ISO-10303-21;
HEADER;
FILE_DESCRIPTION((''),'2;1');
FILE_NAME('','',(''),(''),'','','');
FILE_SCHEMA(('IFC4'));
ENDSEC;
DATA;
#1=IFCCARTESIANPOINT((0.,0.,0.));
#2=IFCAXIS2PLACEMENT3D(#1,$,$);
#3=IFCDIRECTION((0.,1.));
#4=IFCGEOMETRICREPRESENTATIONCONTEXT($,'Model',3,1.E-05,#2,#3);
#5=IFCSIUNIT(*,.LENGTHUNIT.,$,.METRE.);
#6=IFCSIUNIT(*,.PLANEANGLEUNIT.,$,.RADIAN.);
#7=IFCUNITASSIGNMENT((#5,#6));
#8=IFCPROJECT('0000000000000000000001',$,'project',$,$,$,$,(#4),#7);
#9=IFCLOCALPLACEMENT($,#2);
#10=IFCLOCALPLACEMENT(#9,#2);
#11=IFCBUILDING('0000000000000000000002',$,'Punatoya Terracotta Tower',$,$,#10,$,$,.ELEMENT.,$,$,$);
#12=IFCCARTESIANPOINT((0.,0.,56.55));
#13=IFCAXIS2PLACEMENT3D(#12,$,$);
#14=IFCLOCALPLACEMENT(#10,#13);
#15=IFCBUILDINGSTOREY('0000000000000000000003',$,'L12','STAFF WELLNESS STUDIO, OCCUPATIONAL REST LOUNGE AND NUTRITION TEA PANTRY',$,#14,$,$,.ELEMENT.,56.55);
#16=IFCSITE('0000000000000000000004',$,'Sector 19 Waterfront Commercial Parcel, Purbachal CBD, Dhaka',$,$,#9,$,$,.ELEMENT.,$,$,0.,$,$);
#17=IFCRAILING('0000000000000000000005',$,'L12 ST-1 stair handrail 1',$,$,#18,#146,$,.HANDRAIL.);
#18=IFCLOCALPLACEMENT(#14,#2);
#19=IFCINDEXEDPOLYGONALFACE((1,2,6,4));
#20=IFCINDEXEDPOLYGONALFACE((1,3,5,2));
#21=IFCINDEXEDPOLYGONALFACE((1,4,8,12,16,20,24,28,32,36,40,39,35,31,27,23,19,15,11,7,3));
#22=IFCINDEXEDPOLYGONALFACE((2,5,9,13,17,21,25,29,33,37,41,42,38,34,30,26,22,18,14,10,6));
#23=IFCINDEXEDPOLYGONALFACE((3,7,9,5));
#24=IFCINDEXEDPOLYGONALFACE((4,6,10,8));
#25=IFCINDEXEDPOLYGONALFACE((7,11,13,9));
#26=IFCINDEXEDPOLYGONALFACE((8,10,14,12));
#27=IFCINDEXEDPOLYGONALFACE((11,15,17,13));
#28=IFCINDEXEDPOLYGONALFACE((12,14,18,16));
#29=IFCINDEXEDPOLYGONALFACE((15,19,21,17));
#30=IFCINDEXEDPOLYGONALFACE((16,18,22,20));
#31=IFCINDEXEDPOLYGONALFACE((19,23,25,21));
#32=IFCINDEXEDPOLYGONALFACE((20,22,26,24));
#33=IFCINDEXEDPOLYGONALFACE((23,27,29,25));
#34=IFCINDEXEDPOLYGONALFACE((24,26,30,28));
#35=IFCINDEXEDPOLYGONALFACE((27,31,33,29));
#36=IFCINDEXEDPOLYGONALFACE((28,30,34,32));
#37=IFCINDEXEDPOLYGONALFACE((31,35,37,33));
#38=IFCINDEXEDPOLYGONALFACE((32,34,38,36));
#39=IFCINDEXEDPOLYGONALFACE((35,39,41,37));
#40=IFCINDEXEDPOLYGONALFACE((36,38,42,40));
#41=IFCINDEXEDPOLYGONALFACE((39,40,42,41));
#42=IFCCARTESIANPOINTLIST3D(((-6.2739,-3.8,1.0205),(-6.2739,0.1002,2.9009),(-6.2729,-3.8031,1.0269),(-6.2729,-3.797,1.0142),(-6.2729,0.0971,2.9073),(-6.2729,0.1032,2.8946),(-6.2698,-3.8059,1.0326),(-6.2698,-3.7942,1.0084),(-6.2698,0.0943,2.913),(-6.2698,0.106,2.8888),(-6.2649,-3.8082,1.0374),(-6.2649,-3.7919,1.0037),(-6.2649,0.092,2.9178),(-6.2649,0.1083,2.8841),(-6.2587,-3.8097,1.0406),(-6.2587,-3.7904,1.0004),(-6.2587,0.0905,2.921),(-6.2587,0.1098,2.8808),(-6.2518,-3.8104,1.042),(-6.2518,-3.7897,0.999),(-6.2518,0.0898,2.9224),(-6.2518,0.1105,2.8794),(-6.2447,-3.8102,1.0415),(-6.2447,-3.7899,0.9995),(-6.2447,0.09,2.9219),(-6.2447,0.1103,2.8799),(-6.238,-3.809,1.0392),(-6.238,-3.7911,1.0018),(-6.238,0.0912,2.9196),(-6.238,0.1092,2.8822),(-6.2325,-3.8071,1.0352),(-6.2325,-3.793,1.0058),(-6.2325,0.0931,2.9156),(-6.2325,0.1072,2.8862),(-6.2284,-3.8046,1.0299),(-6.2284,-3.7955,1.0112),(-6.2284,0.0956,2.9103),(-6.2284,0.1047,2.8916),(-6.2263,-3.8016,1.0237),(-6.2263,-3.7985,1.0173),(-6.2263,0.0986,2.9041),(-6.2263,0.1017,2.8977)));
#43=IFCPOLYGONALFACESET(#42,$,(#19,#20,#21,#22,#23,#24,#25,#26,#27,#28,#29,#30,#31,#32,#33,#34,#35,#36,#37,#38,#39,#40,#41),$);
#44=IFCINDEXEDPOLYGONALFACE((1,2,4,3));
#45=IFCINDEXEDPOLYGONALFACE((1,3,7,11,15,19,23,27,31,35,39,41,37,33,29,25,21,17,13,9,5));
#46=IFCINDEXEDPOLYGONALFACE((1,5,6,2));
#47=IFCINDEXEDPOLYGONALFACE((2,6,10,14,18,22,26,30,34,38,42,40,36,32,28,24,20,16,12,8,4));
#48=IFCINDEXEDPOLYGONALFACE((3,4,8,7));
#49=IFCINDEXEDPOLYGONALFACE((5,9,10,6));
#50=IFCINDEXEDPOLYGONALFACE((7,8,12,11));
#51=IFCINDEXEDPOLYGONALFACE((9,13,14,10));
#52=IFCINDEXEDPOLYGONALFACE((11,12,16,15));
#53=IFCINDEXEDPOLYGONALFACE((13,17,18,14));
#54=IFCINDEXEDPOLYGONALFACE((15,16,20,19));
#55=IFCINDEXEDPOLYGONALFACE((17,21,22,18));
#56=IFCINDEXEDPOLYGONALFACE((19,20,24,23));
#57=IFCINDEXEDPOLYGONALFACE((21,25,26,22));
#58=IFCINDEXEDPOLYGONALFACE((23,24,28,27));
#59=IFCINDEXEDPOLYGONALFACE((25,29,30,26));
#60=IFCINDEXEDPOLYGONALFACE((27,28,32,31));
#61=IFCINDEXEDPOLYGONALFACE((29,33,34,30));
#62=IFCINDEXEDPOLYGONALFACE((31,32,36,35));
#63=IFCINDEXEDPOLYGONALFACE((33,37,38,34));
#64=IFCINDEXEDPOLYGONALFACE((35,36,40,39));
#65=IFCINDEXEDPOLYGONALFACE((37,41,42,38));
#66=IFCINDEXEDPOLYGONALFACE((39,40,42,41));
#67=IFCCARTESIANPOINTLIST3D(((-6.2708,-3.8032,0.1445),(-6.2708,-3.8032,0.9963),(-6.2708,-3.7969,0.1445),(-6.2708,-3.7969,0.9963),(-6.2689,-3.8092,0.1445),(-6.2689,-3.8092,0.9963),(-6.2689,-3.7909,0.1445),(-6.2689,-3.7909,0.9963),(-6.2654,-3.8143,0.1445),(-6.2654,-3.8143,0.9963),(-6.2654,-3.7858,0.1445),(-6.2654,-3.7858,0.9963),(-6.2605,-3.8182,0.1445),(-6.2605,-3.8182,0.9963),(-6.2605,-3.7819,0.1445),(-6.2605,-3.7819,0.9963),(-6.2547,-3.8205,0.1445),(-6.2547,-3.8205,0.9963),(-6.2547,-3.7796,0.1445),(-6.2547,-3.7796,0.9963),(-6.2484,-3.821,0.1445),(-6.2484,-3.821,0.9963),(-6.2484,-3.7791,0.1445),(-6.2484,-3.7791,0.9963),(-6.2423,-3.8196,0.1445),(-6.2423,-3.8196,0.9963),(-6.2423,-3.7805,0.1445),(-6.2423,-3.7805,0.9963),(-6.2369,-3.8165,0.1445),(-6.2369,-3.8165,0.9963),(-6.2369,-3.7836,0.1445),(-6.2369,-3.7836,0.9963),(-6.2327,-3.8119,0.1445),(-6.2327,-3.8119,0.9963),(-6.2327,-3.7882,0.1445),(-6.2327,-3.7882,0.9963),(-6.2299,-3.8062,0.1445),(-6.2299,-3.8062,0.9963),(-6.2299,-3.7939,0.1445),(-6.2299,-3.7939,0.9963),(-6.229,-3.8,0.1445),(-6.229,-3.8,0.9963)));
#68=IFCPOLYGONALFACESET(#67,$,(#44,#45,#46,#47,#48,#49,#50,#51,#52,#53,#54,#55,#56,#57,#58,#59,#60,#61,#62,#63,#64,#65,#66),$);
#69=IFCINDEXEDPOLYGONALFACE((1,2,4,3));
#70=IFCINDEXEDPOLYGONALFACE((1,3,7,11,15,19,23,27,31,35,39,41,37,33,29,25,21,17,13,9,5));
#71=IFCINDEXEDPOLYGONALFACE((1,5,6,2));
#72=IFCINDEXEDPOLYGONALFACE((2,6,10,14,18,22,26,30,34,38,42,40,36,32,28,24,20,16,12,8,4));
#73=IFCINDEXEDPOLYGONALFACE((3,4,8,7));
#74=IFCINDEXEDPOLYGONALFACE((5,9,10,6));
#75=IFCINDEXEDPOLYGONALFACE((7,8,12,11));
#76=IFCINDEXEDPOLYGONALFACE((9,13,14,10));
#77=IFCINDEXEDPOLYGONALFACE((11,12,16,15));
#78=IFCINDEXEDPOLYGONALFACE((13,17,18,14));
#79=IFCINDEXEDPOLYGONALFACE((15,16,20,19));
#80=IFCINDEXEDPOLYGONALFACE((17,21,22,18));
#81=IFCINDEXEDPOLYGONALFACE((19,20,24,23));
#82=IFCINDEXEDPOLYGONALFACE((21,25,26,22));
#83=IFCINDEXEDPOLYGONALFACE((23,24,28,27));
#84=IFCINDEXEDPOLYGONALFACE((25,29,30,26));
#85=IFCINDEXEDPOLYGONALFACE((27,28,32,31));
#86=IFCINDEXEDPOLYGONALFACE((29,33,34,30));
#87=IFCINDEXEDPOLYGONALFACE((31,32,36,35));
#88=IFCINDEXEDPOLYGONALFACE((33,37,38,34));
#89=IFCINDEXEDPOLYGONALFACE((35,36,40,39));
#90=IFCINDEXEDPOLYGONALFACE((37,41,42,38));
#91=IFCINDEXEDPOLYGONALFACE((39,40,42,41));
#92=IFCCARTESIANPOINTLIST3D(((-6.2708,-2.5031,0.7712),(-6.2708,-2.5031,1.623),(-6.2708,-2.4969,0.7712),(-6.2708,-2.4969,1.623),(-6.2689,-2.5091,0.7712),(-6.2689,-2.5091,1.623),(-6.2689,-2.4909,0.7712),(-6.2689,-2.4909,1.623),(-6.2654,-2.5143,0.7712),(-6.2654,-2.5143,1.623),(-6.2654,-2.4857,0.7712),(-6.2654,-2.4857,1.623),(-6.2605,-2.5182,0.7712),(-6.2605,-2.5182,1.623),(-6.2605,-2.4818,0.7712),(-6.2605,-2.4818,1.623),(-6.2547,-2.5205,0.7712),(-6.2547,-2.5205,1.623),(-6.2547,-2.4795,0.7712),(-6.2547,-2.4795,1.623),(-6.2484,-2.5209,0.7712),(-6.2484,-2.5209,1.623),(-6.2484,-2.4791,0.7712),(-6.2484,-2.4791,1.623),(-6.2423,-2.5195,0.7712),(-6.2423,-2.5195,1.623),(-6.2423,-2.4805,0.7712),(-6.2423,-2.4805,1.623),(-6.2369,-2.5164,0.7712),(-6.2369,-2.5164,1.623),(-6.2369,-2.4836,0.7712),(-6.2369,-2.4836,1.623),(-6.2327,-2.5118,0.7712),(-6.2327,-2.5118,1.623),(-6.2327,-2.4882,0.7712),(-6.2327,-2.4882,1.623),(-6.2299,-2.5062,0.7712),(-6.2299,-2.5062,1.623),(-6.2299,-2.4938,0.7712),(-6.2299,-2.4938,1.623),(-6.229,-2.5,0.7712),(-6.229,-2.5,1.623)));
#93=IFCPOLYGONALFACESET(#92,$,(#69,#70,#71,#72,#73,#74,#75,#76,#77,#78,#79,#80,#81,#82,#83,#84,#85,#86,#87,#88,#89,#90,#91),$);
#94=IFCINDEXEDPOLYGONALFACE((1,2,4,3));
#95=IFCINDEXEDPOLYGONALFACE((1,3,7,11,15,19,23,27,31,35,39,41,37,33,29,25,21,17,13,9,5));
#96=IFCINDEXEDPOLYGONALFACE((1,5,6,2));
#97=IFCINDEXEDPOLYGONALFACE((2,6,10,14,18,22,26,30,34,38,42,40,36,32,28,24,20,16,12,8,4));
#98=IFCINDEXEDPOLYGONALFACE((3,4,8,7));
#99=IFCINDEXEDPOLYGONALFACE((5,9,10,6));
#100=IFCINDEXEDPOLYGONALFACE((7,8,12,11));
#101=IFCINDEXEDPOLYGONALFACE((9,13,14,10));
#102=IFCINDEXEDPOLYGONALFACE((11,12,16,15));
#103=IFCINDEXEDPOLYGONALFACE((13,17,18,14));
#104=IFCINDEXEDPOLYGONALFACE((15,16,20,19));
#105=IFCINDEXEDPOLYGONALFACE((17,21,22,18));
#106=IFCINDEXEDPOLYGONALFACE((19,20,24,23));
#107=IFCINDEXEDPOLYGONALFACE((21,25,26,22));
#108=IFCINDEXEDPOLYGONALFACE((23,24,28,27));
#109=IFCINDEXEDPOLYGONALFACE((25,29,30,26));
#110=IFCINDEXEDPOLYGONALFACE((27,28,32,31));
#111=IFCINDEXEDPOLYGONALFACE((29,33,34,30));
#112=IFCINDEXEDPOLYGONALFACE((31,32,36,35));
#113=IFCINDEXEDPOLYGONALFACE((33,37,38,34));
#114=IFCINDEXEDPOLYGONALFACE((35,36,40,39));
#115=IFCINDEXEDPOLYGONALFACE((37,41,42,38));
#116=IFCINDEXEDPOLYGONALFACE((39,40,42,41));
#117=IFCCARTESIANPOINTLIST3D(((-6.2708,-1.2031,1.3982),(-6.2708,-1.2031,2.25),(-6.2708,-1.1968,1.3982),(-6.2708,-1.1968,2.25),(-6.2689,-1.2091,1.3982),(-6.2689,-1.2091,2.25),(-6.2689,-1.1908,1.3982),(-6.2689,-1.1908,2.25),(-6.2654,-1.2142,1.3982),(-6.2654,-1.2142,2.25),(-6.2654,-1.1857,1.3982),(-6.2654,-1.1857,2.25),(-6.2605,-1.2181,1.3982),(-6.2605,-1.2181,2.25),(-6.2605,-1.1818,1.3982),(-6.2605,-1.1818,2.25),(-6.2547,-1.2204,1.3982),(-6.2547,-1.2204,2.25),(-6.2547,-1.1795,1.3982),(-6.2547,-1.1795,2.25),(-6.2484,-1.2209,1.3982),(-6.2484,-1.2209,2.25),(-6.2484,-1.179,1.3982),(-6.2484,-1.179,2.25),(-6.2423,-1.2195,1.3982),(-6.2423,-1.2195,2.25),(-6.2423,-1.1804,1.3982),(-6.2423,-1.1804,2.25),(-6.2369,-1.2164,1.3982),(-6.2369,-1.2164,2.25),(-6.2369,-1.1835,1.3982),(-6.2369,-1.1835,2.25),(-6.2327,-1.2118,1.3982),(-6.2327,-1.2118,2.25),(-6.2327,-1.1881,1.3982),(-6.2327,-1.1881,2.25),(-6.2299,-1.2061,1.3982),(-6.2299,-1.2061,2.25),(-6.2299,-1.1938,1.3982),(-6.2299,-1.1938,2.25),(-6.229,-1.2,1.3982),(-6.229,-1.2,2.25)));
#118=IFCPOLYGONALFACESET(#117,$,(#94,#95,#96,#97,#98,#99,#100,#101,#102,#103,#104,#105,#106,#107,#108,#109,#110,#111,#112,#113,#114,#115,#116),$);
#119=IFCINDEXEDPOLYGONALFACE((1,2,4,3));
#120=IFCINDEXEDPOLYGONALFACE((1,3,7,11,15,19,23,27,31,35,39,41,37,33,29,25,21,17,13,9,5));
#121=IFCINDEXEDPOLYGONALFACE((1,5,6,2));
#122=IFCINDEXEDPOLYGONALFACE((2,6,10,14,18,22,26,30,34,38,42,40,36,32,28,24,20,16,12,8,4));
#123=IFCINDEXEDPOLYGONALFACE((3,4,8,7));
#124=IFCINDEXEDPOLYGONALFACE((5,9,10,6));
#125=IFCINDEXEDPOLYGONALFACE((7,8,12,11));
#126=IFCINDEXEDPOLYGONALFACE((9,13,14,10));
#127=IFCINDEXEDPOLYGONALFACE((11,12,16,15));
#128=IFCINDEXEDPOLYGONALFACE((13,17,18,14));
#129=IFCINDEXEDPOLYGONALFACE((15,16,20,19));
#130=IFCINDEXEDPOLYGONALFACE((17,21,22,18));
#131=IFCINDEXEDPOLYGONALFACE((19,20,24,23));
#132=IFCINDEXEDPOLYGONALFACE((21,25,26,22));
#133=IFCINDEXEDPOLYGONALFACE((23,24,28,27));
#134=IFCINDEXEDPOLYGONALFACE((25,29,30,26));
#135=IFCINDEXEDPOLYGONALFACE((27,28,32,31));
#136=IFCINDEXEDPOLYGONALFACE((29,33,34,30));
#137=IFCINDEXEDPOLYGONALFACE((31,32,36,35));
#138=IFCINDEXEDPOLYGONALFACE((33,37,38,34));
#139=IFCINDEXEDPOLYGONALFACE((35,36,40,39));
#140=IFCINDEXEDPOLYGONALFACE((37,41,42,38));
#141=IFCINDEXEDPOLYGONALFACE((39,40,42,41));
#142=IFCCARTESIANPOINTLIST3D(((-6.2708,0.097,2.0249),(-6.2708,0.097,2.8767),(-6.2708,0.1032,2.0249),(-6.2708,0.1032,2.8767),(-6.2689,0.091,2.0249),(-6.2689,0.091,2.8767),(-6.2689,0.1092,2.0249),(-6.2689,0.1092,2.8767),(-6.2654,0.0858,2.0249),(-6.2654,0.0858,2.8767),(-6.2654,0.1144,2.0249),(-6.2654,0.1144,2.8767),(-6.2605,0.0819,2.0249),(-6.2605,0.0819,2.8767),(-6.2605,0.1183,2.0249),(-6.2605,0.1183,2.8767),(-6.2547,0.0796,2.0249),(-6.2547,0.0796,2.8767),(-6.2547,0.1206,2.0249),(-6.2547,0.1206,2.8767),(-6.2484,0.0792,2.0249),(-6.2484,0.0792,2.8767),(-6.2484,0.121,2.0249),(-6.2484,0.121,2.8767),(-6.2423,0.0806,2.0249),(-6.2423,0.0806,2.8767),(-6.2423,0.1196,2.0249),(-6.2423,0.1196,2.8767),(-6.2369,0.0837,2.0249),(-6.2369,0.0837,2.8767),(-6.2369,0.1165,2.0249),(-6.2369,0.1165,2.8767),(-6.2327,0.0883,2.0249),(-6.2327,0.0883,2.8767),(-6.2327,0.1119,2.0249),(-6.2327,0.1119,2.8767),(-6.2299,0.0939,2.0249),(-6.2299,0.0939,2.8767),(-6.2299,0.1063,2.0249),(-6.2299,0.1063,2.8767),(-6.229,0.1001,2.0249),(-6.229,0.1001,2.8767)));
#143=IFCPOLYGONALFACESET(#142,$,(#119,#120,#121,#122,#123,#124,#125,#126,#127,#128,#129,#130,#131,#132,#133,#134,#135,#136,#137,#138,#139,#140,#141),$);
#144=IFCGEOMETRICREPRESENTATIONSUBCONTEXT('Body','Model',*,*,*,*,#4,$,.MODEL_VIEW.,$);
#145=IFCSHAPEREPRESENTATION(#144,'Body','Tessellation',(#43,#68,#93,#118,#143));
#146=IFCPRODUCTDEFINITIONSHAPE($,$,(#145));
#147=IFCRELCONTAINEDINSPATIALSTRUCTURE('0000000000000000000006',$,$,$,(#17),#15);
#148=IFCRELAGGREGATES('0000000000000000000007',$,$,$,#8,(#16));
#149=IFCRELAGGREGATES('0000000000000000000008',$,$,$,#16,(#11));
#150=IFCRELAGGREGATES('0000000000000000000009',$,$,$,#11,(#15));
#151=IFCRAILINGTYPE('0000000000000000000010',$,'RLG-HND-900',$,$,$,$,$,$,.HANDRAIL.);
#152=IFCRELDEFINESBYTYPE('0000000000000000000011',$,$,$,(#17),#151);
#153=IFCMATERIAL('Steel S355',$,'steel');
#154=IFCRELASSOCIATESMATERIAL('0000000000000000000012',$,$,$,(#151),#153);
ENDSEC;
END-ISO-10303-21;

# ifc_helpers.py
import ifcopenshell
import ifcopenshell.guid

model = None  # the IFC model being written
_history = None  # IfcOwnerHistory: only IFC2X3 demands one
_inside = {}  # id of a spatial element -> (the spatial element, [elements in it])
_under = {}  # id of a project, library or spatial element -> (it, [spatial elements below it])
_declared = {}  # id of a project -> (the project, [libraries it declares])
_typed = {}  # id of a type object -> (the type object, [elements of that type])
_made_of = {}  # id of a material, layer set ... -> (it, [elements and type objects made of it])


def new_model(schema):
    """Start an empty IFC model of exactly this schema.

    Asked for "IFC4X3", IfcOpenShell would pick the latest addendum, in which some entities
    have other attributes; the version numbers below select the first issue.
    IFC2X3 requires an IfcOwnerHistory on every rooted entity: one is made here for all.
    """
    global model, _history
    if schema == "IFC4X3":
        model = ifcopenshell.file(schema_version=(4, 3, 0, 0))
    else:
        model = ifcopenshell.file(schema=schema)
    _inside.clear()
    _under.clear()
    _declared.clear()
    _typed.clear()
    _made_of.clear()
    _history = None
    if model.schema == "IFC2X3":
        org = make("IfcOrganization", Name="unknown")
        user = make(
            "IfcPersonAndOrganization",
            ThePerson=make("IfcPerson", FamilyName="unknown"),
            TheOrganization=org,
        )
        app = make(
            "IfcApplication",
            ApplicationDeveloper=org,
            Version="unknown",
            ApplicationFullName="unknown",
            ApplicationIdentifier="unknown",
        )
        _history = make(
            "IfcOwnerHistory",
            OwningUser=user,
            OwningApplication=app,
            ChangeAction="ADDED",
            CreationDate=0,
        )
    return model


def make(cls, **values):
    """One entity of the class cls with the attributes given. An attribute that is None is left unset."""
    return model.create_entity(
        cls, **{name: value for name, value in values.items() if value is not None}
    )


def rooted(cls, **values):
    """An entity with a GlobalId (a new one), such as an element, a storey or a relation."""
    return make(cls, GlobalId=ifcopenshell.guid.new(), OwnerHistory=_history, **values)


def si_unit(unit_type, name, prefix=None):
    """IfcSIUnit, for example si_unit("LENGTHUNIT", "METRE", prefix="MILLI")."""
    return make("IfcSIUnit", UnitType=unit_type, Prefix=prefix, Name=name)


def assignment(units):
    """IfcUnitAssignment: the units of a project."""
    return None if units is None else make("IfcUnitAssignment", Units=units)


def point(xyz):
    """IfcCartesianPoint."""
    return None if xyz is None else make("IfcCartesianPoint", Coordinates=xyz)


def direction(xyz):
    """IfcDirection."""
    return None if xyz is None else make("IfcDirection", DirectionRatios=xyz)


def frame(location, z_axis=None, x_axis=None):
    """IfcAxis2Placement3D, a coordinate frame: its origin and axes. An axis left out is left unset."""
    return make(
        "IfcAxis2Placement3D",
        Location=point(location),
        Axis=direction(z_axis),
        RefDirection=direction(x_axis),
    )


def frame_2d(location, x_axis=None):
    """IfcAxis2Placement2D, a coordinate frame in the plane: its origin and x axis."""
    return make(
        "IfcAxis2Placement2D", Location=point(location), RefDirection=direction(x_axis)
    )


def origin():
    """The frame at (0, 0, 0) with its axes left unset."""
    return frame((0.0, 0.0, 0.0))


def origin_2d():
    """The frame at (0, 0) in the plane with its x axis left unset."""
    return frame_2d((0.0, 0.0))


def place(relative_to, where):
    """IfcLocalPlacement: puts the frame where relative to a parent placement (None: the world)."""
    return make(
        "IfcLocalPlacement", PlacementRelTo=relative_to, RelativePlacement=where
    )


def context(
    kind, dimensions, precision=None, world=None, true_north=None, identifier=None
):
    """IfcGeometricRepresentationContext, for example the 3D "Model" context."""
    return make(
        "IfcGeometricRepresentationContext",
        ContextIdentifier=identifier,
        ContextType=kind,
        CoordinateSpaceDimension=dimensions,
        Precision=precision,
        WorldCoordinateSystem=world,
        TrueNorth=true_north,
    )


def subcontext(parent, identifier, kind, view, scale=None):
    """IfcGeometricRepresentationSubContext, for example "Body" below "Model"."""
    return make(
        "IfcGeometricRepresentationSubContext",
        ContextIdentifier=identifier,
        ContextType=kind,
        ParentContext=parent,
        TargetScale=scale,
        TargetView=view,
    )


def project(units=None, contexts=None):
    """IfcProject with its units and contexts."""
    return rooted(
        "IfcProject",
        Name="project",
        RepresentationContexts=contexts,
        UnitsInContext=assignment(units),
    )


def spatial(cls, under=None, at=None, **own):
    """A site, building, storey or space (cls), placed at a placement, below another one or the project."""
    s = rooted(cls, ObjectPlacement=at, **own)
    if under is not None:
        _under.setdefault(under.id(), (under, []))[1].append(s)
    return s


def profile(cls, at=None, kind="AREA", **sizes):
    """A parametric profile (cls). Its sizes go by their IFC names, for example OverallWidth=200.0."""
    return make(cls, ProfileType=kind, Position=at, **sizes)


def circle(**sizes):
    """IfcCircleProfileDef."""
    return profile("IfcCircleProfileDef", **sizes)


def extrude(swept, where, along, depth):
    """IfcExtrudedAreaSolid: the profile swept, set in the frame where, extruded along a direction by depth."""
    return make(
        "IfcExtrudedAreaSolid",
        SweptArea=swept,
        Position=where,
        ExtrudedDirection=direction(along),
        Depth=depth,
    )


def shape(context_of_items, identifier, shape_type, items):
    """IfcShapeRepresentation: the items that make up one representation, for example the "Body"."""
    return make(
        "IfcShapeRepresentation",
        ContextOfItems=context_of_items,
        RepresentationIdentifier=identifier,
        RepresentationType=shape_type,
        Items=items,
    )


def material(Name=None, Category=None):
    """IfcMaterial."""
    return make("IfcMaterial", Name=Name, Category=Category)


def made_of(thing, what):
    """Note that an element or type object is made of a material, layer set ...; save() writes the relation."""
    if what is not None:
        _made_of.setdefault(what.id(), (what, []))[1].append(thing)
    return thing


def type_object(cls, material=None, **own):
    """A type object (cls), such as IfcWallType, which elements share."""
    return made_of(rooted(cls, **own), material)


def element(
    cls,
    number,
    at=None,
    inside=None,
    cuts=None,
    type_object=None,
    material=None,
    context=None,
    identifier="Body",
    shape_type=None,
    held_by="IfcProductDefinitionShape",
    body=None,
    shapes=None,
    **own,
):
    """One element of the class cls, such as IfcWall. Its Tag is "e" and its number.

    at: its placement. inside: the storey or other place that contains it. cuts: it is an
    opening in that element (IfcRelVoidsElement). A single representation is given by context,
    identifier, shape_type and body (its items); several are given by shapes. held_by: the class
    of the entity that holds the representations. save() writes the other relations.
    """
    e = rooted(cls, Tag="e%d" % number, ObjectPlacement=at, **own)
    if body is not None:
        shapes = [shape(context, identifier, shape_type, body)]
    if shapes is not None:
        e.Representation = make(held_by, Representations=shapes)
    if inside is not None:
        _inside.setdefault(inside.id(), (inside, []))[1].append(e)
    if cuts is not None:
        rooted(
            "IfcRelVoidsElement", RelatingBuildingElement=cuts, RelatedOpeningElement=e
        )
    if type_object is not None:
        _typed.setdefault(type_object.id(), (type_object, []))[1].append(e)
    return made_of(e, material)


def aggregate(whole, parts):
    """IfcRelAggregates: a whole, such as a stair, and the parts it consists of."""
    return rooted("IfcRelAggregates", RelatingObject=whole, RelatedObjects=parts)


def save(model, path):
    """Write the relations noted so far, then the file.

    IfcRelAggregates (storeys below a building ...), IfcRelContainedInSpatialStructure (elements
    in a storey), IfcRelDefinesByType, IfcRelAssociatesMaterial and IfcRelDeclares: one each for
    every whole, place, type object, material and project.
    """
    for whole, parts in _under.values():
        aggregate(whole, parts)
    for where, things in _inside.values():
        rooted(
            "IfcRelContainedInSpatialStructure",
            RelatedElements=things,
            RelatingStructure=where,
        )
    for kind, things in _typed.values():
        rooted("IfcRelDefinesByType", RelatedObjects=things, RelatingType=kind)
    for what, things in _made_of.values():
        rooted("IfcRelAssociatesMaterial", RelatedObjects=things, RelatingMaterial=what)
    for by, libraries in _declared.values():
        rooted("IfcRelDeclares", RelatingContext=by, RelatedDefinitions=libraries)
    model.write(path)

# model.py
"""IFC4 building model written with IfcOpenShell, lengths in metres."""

from ifc_helpers import new_model, si_unit, direction, frame, origin, origin_2d, place, context, subcontext, project, spatial, circle, extrude, material, type_object, element, save


model = new_model("IFC4")

# Units and contexts
model_context = context("Model", 3, precision=1e-05, world=origin(), true_north=direction((0.0, 1.0)))
body_context = subcontext(model_context, "Body", "Model", "MODEL_VIEW")
ifc_project = project(units=[si_unit("LENGTHUNIT", "METRE"), si_unit("PLANEANGLEUNIT", "RADIAN")], contexts=[model_context])

# Site, building, storey
site_placement = place(None, origin())
site = spatial("IfcSite", under=ifc_project, at=site_placement, Name="Sector 19 Waterfront Commercial Parcel, Purbachal CBD, Dhaka", CompositionType="ELEMENT", RefElevation=0.0)
building_placement = place(site_placement, origin())
building = spatial("IfcBuilding", under=site, at=building_placement, Name="Punatoya Terracotta Tower", CompositionType="ELEMENT")
storey_placement = place(building_placement, frame((0.0, 0.0, 56.55)))
storey = spatial("IfcBuildingStorey", under=building, at=storey_placement, Name="L12", Description="STAFF WELLNESS STUDIO, OCCUPATIONAL REST LOUNGE AND NUTRITION TEA PANTRY", CompositionType="ELEMENT", Elevation=56.55)

# Shared definitions
ifc_material_1 = material(Name="Steel S355", Category="steel")

# Railing
railing_type_1 = type_object("IfcRailingType", Name="RLG-HND-900", PredefinedType="HANDRAIL", material=ifc_material_1)
railing_1_placement = place(storey_placement, frame((-6.25, -3.8, 0.1445)))
element("IfcRailing", 1, at=railing_1_placement, inside=storey, type_object=railing_type_1, Name="L12 ST-1 stair handrail 1", PredefinedType="HANDRAIL", context=body_context, shape_type="SweptSolid", body=[
    extrude(circle(Radius=0.0239, at=origin_2d()), frame((0.0, 0.0, 0.876), z_axis=(0.0, 0.900774, 0.434289), x_axis=(-1.0, 0.0, 0.0)), (0.0, 0.0, 1.0), 4.3298),
    extrude(circle(Radius=0.021, at=origin_2d()), origin(), (0.0, 0.0, 1.0), 0.8518),
    extrude(circle(Radius=0.021, at=origin_2d()), frame((0.0, 1.3, 0.6267)), (0.0, 0.0, 1.0), 0.8518),
    extrude(circle(Radius=0.021, at=origin_2d()), frame((0.0, 2.6001, 1.2537)), (0.0, 0.0, 1.0), 0.8518),
    extrude(circle(Radius=0.021, at=origin_2d()), frame((0.0, 3.9001, 1.8804)), (0.0, 0.0, 1.0), 0.8518),
])

save(model, "model.ifc")
